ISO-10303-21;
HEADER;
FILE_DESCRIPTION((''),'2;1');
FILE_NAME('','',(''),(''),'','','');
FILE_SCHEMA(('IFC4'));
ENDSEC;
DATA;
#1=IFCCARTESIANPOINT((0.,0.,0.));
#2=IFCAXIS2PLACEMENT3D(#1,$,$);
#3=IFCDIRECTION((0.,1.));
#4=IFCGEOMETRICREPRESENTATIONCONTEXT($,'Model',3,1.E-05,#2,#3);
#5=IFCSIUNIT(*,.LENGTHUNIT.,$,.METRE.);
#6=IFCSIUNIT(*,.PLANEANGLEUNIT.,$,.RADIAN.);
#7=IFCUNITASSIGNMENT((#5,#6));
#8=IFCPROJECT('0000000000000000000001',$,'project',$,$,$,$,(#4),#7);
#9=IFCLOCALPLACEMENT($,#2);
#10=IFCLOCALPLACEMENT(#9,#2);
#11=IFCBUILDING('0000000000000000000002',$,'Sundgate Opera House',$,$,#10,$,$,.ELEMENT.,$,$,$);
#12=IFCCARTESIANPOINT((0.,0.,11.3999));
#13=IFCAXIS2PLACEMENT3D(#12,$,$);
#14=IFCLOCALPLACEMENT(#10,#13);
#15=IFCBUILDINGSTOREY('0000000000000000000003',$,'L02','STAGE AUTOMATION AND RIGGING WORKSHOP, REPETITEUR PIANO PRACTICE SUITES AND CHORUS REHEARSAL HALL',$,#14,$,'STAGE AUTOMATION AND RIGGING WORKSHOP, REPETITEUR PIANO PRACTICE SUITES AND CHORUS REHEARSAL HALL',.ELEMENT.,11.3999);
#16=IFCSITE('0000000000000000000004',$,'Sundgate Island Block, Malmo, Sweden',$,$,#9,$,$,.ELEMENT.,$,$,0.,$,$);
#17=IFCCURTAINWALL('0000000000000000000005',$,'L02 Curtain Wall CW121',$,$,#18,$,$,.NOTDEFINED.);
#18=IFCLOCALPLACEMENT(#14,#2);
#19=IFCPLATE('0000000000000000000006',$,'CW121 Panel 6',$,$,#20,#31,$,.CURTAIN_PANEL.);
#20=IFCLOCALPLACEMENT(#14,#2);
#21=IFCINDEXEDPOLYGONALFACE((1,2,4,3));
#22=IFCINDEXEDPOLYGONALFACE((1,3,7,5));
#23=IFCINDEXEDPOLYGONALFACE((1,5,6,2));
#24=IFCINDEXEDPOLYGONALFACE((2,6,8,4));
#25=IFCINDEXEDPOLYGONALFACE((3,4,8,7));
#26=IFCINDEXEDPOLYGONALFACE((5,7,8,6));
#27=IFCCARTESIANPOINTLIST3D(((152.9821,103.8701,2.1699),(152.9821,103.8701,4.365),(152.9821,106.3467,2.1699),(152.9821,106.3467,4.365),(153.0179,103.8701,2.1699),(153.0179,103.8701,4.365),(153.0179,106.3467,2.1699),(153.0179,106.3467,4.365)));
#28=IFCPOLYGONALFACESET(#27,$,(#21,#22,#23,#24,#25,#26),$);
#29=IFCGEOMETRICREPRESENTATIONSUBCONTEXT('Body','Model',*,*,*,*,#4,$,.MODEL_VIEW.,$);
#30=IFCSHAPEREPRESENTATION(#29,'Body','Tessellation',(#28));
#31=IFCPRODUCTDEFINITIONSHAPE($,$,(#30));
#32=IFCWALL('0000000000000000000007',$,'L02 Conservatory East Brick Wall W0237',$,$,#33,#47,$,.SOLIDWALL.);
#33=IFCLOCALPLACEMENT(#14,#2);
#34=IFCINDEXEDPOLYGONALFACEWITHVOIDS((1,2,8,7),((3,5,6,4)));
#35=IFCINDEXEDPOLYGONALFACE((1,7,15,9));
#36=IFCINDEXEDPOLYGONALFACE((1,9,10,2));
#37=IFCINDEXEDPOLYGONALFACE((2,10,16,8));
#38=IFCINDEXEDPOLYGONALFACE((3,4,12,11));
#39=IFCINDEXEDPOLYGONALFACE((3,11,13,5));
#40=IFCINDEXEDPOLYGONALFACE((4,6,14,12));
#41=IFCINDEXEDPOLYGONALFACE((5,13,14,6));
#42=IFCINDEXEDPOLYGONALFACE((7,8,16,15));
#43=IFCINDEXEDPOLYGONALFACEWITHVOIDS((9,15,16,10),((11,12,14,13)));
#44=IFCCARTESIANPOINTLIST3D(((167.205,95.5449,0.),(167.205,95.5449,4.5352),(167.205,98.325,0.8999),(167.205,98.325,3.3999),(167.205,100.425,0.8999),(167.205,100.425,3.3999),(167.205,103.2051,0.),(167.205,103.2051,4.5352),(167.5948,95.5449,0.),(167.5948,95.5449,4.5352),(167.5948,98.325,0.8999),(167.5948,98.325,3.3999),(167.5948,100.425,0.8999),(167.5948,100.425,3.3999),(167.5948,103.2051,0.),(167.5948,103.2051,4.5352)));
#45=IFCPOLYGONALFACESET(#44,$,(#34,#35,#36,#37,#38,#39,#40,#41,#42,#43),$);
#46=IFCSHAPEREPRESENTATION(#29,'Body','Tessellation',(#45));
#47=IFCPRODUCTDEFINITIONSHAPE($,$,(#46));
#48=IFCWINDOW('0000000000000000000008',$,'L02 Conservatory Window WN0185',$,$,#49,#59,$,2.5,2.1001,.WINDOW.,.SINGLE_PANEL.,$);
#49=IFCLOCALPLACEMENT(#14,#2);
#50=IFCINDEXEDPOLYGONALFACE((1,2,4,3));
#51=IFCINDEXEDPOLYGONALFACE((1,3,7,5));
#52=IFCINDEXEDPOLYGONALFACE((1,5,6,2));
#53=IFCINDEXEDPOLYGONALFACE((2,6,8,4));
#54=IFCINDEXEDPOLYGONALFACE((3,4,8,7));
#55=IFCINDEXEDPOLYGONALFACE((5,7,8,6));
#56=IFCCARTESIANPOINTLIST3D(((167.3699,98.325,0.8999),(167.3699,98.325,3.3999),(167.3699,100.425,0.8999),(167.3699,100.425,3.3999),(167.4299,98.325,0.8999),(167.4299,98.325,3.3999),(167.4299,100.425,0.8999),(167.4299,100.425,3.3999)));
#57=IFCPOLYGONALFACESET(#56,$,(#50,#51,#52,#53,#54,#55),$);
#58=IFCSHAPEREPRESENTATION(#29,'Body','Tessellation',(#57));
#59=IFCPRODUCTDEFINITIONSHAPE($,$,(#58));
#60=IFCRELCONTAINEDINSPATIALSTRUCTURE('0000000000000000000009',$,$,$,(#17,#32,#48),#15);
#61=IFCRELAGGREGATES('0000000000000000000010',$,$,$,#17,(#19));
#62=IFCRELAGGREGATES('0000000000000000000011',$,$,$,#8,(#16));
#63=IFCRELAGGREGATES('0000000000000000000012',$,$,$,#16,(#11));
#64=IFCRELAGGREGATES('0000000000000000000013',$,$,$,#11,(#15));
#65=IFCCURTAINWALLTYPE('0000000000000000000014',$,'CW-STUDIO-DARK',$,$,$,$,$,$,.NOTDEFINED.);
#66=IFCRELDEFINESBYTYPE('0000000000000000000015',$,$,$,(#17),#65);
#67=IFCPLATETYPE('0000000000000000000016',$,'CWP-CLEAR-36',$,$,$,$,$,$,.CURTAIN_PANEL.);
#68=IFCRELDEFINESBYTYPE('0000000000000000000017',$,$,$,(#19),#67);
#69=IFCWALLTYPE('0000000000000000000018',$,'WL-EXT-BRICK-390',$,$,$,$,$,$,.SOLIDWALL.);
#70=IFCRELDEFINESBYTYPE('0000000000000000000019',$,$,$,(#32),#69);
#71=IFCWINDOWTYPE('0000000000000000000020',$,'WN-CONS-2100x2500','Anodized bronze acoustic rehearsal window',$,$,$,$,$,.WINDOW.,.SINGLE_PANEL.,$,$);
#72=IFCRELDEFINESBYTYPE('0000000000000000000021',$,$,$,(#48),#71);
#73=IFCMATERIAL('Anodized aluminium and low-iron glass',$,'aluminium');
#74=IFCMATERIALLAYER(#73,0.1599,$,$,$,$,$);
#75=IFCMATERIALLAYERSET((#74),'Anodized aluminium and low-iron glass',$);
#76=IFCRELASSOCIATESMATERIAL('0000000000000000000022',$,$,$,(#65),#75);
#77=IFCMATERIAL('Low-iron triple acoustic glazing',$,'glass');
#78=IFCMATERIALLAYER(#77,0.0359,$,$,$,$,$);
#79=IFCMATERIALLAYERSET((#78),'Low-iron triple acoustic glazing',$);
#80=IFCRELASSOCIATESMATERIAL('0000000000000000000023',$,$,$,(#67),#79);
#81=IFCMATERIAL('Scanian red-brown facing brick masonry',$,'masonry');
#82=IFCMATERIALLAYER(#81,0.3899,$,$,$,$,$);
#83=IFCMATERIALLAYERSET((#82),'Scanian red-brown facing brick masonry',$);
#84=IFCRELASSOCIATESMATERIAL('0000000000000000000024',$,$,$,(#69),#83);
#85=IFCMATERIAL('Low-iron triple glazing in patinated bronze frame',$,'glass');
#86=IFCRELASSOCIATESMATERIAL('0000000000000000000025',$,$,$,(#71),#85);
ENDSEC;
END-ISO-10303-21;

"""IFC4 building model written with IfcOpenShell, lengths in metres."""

from ifc_helpers import new_model, si_unit, direction, frame, frame_2d, origin, origin_2d, place, context, subcontext, project, spatial, rectangle, extrude, material, layer, layer_set, type_object, element, fill, aggregate, save


model = new_model("IFC4")

# Units and contexts
model_context = context("Model", 3, precision=1e-05, world=origin(), true_north=direction((0.0, 1.0)))
body_context = subcontext(model_context, "Body", "Model", "MODEL_VIEW")
ifc_project = project(units=[si_unit("LENGTHUNIT", "METRE"), si_unit("PLANEANGLEUNIT", "RADIAN")], contexts=[model_context])

# Site, building, storey
site_placement = place(None, origin())
site = spatial("IfcSite", under=ifc_project, at=site_placement, Name="Sundgate Island Block, Malmo, Sweden", CompositionType="ELEMENT", RefElevation=0.0)
building_placement = place(site_placement, origin())
building = spatial("IfcBuilding", under=site, at=building_placement, Name="Sundgate Opera House", CompositionType="ELEMENT")
storey_placement = place(building_placement, frame((0.0, 0.0, 11.3999)))
storey = spatial("IfcBuildingStorey", under=building, at=storey_placement, Name="L02", Description="STAGE AUTOMATION AND RIGGING WORKSHOP, REPETITEUR PIANO PRACTICE SUITES AND CHORUS REHEARSAL HALL", LongName="STAGE AUTOMATION AND RIGGING WORKSHOP, REPETITEUR PIANO PRACTICE SUITES AND CHORUS REHEARSAL HALL", CompositionType="ELEMENT", Elevation=11.3999)

# Curtain wall, plate
ifc_material_1 = material(Name="Anodized aluminium and low-iron glass", Category="aluminium")
ifc_layer_1 = layer(ifc_material_1, 0.1599)
ifc_layer_set_1 = layer_set([ifc_layer_1], Name="Anodized aluminium and low-iron glass")
curtain_wall_type = type_object("IfcCurtainWallType", Name="CW-STUDIO-DARK", PredefinedType="NOTDEFINED", material=ifc_layer_set_1)
curtain_wall_placement = place(storey_placement, origin())
curtain_wall = element("IfcCurtainWall", 1, at=curtain_wall_placement, inside=storey, type_object=curtain_wall_type, Name="L02 Curtain Wall CW121", PredefinedType="NOTDEFINED")
ifc_material_2 = material(Name="Low-iron triple acoustic glazing", Category="glass")
ifc_layer_2 = layer(ifc_material_2, 0.0359)
ifc_layer_set_2 = layer_set([ifc_layer_2], Name="Low-iron triple acoustic glazing")
plate_type = type_object("IfcPlateType", Name="CWP-CLEAR-36", PredefinedType="CURTAIN_PANEL", material=ifc_layer_set_2)
plate_1_placement = place(storey_placement, frame((153.0, 105.1084, 2.1699), z_axis=(0.0, 0.0, 1.0), x_axis=(0.0, -1.0, 0.0)))
plate_1 = element("IfcPlate", 2, at=plate_1_placement, type_object=plate_type, Name="CW121 Panel 6", PredefinedType="CURTAIN_PANEL", context=body_context, shape_type="SweptSolid", body=[
    extrude(rectangle(XDim=2.4766, YDim=0.0359, at=origin_2d()), origin(), (0.0, 0.0, 1.0), 2.1951),
])
aggregate(curtain_wall, [plate_1])

# Wall, opening, window
ifc_material_3 = material(Name="Scanian red-brown facing brick masonry", Category="masonry")
ifc_layer_3 = layer(ifc_material_3, 0.3899)
ifc_layer_set_3 = layer_set([ifc_layer_3], Name="Scanian red-brown facing brick masonry")
wall_type = type_object("IfcWallType", Name="WL-EXT-BRICK-390", PredefinedType="SOLIDWALL", material=ifc_layer_set_3)
wall_placement = place(storey_placement, frame((167.3999, 103.2051, 0.0), z_axis=(0.0, 0.0, 1.0), x_axis=(0.0, -1.0, 0.0)))
wall = element("IfcWall", 3, at=wall_placement, inside=storey, type_object=wall_type, Name="L02 Conservatory East Brick Wall W0237", PredefinedType="SOLIDWALL", context=body_context, shape_type="SweptSolid", body=[
    extrude(rectangle(XDim=7.6602, YDim=0.3899, at=frame_2d((3.8301, 0.0))), origin(), (0.0, 0.0, 1.0), 4.5352),
])
opening_placement = place(wall_placement, frame((2.78, 0.0, 0.8999)))
opening = element("IfcOpeningElement", 4, at=opening_placement, cuts=wall, PredefinedType="OPENING", context=body_context, shape_type="SweptSolid", body=[
    extrude(rectangle(XDim=2.1001, YDim=2.5, at=frame_2d((1.05, 1.25))), frame((0.0, 0.2048, 0.0), z_axis=(0.0, -1.0, 0.0), x_axis=(1.0, 0.0, 0.0)), (0.0, 0.0, 1.0), 0.4099),
])
ifc_material_4 = material(Name="Low-iron triple glazing in patinated bronze frame", Category="glass")
window_type = type_object("IfcWindowType", Name="WN-CONS-2100x2500", Description="Anodized bronze acoustic rehearsal window", PartitioningType="SINGLE_PANEL", PredefinedType="WINDOW", material=ifc_material_4)
window_placement = place(opening_placement, origin())
window = element("IfcWindow", 5, at=window_placement, inside=storey, type_object=window_type, Name="L02 Conservatory Window WN0185", OverallHeight=2.5, OverallWidth=2.1001, PartitioningType="SINGLE_PANEL", PredefinedType="WINDOW", context=body_context, shape_type="SweptSolid", body=[
    extrude(rectangle(XDim=2.1001, YDim=2.5, at=frame_2d((1.05, 1.25))), frame((0.0, 0.03, 0.0), z_axis=(0.0, -1.0, 0.0), x_axis=(1.0, 0.0, 0.0)), (0.0, 0.0, 1.0), 0.0601),
])
fill(opening, window)

save(model, "model.ifc")
